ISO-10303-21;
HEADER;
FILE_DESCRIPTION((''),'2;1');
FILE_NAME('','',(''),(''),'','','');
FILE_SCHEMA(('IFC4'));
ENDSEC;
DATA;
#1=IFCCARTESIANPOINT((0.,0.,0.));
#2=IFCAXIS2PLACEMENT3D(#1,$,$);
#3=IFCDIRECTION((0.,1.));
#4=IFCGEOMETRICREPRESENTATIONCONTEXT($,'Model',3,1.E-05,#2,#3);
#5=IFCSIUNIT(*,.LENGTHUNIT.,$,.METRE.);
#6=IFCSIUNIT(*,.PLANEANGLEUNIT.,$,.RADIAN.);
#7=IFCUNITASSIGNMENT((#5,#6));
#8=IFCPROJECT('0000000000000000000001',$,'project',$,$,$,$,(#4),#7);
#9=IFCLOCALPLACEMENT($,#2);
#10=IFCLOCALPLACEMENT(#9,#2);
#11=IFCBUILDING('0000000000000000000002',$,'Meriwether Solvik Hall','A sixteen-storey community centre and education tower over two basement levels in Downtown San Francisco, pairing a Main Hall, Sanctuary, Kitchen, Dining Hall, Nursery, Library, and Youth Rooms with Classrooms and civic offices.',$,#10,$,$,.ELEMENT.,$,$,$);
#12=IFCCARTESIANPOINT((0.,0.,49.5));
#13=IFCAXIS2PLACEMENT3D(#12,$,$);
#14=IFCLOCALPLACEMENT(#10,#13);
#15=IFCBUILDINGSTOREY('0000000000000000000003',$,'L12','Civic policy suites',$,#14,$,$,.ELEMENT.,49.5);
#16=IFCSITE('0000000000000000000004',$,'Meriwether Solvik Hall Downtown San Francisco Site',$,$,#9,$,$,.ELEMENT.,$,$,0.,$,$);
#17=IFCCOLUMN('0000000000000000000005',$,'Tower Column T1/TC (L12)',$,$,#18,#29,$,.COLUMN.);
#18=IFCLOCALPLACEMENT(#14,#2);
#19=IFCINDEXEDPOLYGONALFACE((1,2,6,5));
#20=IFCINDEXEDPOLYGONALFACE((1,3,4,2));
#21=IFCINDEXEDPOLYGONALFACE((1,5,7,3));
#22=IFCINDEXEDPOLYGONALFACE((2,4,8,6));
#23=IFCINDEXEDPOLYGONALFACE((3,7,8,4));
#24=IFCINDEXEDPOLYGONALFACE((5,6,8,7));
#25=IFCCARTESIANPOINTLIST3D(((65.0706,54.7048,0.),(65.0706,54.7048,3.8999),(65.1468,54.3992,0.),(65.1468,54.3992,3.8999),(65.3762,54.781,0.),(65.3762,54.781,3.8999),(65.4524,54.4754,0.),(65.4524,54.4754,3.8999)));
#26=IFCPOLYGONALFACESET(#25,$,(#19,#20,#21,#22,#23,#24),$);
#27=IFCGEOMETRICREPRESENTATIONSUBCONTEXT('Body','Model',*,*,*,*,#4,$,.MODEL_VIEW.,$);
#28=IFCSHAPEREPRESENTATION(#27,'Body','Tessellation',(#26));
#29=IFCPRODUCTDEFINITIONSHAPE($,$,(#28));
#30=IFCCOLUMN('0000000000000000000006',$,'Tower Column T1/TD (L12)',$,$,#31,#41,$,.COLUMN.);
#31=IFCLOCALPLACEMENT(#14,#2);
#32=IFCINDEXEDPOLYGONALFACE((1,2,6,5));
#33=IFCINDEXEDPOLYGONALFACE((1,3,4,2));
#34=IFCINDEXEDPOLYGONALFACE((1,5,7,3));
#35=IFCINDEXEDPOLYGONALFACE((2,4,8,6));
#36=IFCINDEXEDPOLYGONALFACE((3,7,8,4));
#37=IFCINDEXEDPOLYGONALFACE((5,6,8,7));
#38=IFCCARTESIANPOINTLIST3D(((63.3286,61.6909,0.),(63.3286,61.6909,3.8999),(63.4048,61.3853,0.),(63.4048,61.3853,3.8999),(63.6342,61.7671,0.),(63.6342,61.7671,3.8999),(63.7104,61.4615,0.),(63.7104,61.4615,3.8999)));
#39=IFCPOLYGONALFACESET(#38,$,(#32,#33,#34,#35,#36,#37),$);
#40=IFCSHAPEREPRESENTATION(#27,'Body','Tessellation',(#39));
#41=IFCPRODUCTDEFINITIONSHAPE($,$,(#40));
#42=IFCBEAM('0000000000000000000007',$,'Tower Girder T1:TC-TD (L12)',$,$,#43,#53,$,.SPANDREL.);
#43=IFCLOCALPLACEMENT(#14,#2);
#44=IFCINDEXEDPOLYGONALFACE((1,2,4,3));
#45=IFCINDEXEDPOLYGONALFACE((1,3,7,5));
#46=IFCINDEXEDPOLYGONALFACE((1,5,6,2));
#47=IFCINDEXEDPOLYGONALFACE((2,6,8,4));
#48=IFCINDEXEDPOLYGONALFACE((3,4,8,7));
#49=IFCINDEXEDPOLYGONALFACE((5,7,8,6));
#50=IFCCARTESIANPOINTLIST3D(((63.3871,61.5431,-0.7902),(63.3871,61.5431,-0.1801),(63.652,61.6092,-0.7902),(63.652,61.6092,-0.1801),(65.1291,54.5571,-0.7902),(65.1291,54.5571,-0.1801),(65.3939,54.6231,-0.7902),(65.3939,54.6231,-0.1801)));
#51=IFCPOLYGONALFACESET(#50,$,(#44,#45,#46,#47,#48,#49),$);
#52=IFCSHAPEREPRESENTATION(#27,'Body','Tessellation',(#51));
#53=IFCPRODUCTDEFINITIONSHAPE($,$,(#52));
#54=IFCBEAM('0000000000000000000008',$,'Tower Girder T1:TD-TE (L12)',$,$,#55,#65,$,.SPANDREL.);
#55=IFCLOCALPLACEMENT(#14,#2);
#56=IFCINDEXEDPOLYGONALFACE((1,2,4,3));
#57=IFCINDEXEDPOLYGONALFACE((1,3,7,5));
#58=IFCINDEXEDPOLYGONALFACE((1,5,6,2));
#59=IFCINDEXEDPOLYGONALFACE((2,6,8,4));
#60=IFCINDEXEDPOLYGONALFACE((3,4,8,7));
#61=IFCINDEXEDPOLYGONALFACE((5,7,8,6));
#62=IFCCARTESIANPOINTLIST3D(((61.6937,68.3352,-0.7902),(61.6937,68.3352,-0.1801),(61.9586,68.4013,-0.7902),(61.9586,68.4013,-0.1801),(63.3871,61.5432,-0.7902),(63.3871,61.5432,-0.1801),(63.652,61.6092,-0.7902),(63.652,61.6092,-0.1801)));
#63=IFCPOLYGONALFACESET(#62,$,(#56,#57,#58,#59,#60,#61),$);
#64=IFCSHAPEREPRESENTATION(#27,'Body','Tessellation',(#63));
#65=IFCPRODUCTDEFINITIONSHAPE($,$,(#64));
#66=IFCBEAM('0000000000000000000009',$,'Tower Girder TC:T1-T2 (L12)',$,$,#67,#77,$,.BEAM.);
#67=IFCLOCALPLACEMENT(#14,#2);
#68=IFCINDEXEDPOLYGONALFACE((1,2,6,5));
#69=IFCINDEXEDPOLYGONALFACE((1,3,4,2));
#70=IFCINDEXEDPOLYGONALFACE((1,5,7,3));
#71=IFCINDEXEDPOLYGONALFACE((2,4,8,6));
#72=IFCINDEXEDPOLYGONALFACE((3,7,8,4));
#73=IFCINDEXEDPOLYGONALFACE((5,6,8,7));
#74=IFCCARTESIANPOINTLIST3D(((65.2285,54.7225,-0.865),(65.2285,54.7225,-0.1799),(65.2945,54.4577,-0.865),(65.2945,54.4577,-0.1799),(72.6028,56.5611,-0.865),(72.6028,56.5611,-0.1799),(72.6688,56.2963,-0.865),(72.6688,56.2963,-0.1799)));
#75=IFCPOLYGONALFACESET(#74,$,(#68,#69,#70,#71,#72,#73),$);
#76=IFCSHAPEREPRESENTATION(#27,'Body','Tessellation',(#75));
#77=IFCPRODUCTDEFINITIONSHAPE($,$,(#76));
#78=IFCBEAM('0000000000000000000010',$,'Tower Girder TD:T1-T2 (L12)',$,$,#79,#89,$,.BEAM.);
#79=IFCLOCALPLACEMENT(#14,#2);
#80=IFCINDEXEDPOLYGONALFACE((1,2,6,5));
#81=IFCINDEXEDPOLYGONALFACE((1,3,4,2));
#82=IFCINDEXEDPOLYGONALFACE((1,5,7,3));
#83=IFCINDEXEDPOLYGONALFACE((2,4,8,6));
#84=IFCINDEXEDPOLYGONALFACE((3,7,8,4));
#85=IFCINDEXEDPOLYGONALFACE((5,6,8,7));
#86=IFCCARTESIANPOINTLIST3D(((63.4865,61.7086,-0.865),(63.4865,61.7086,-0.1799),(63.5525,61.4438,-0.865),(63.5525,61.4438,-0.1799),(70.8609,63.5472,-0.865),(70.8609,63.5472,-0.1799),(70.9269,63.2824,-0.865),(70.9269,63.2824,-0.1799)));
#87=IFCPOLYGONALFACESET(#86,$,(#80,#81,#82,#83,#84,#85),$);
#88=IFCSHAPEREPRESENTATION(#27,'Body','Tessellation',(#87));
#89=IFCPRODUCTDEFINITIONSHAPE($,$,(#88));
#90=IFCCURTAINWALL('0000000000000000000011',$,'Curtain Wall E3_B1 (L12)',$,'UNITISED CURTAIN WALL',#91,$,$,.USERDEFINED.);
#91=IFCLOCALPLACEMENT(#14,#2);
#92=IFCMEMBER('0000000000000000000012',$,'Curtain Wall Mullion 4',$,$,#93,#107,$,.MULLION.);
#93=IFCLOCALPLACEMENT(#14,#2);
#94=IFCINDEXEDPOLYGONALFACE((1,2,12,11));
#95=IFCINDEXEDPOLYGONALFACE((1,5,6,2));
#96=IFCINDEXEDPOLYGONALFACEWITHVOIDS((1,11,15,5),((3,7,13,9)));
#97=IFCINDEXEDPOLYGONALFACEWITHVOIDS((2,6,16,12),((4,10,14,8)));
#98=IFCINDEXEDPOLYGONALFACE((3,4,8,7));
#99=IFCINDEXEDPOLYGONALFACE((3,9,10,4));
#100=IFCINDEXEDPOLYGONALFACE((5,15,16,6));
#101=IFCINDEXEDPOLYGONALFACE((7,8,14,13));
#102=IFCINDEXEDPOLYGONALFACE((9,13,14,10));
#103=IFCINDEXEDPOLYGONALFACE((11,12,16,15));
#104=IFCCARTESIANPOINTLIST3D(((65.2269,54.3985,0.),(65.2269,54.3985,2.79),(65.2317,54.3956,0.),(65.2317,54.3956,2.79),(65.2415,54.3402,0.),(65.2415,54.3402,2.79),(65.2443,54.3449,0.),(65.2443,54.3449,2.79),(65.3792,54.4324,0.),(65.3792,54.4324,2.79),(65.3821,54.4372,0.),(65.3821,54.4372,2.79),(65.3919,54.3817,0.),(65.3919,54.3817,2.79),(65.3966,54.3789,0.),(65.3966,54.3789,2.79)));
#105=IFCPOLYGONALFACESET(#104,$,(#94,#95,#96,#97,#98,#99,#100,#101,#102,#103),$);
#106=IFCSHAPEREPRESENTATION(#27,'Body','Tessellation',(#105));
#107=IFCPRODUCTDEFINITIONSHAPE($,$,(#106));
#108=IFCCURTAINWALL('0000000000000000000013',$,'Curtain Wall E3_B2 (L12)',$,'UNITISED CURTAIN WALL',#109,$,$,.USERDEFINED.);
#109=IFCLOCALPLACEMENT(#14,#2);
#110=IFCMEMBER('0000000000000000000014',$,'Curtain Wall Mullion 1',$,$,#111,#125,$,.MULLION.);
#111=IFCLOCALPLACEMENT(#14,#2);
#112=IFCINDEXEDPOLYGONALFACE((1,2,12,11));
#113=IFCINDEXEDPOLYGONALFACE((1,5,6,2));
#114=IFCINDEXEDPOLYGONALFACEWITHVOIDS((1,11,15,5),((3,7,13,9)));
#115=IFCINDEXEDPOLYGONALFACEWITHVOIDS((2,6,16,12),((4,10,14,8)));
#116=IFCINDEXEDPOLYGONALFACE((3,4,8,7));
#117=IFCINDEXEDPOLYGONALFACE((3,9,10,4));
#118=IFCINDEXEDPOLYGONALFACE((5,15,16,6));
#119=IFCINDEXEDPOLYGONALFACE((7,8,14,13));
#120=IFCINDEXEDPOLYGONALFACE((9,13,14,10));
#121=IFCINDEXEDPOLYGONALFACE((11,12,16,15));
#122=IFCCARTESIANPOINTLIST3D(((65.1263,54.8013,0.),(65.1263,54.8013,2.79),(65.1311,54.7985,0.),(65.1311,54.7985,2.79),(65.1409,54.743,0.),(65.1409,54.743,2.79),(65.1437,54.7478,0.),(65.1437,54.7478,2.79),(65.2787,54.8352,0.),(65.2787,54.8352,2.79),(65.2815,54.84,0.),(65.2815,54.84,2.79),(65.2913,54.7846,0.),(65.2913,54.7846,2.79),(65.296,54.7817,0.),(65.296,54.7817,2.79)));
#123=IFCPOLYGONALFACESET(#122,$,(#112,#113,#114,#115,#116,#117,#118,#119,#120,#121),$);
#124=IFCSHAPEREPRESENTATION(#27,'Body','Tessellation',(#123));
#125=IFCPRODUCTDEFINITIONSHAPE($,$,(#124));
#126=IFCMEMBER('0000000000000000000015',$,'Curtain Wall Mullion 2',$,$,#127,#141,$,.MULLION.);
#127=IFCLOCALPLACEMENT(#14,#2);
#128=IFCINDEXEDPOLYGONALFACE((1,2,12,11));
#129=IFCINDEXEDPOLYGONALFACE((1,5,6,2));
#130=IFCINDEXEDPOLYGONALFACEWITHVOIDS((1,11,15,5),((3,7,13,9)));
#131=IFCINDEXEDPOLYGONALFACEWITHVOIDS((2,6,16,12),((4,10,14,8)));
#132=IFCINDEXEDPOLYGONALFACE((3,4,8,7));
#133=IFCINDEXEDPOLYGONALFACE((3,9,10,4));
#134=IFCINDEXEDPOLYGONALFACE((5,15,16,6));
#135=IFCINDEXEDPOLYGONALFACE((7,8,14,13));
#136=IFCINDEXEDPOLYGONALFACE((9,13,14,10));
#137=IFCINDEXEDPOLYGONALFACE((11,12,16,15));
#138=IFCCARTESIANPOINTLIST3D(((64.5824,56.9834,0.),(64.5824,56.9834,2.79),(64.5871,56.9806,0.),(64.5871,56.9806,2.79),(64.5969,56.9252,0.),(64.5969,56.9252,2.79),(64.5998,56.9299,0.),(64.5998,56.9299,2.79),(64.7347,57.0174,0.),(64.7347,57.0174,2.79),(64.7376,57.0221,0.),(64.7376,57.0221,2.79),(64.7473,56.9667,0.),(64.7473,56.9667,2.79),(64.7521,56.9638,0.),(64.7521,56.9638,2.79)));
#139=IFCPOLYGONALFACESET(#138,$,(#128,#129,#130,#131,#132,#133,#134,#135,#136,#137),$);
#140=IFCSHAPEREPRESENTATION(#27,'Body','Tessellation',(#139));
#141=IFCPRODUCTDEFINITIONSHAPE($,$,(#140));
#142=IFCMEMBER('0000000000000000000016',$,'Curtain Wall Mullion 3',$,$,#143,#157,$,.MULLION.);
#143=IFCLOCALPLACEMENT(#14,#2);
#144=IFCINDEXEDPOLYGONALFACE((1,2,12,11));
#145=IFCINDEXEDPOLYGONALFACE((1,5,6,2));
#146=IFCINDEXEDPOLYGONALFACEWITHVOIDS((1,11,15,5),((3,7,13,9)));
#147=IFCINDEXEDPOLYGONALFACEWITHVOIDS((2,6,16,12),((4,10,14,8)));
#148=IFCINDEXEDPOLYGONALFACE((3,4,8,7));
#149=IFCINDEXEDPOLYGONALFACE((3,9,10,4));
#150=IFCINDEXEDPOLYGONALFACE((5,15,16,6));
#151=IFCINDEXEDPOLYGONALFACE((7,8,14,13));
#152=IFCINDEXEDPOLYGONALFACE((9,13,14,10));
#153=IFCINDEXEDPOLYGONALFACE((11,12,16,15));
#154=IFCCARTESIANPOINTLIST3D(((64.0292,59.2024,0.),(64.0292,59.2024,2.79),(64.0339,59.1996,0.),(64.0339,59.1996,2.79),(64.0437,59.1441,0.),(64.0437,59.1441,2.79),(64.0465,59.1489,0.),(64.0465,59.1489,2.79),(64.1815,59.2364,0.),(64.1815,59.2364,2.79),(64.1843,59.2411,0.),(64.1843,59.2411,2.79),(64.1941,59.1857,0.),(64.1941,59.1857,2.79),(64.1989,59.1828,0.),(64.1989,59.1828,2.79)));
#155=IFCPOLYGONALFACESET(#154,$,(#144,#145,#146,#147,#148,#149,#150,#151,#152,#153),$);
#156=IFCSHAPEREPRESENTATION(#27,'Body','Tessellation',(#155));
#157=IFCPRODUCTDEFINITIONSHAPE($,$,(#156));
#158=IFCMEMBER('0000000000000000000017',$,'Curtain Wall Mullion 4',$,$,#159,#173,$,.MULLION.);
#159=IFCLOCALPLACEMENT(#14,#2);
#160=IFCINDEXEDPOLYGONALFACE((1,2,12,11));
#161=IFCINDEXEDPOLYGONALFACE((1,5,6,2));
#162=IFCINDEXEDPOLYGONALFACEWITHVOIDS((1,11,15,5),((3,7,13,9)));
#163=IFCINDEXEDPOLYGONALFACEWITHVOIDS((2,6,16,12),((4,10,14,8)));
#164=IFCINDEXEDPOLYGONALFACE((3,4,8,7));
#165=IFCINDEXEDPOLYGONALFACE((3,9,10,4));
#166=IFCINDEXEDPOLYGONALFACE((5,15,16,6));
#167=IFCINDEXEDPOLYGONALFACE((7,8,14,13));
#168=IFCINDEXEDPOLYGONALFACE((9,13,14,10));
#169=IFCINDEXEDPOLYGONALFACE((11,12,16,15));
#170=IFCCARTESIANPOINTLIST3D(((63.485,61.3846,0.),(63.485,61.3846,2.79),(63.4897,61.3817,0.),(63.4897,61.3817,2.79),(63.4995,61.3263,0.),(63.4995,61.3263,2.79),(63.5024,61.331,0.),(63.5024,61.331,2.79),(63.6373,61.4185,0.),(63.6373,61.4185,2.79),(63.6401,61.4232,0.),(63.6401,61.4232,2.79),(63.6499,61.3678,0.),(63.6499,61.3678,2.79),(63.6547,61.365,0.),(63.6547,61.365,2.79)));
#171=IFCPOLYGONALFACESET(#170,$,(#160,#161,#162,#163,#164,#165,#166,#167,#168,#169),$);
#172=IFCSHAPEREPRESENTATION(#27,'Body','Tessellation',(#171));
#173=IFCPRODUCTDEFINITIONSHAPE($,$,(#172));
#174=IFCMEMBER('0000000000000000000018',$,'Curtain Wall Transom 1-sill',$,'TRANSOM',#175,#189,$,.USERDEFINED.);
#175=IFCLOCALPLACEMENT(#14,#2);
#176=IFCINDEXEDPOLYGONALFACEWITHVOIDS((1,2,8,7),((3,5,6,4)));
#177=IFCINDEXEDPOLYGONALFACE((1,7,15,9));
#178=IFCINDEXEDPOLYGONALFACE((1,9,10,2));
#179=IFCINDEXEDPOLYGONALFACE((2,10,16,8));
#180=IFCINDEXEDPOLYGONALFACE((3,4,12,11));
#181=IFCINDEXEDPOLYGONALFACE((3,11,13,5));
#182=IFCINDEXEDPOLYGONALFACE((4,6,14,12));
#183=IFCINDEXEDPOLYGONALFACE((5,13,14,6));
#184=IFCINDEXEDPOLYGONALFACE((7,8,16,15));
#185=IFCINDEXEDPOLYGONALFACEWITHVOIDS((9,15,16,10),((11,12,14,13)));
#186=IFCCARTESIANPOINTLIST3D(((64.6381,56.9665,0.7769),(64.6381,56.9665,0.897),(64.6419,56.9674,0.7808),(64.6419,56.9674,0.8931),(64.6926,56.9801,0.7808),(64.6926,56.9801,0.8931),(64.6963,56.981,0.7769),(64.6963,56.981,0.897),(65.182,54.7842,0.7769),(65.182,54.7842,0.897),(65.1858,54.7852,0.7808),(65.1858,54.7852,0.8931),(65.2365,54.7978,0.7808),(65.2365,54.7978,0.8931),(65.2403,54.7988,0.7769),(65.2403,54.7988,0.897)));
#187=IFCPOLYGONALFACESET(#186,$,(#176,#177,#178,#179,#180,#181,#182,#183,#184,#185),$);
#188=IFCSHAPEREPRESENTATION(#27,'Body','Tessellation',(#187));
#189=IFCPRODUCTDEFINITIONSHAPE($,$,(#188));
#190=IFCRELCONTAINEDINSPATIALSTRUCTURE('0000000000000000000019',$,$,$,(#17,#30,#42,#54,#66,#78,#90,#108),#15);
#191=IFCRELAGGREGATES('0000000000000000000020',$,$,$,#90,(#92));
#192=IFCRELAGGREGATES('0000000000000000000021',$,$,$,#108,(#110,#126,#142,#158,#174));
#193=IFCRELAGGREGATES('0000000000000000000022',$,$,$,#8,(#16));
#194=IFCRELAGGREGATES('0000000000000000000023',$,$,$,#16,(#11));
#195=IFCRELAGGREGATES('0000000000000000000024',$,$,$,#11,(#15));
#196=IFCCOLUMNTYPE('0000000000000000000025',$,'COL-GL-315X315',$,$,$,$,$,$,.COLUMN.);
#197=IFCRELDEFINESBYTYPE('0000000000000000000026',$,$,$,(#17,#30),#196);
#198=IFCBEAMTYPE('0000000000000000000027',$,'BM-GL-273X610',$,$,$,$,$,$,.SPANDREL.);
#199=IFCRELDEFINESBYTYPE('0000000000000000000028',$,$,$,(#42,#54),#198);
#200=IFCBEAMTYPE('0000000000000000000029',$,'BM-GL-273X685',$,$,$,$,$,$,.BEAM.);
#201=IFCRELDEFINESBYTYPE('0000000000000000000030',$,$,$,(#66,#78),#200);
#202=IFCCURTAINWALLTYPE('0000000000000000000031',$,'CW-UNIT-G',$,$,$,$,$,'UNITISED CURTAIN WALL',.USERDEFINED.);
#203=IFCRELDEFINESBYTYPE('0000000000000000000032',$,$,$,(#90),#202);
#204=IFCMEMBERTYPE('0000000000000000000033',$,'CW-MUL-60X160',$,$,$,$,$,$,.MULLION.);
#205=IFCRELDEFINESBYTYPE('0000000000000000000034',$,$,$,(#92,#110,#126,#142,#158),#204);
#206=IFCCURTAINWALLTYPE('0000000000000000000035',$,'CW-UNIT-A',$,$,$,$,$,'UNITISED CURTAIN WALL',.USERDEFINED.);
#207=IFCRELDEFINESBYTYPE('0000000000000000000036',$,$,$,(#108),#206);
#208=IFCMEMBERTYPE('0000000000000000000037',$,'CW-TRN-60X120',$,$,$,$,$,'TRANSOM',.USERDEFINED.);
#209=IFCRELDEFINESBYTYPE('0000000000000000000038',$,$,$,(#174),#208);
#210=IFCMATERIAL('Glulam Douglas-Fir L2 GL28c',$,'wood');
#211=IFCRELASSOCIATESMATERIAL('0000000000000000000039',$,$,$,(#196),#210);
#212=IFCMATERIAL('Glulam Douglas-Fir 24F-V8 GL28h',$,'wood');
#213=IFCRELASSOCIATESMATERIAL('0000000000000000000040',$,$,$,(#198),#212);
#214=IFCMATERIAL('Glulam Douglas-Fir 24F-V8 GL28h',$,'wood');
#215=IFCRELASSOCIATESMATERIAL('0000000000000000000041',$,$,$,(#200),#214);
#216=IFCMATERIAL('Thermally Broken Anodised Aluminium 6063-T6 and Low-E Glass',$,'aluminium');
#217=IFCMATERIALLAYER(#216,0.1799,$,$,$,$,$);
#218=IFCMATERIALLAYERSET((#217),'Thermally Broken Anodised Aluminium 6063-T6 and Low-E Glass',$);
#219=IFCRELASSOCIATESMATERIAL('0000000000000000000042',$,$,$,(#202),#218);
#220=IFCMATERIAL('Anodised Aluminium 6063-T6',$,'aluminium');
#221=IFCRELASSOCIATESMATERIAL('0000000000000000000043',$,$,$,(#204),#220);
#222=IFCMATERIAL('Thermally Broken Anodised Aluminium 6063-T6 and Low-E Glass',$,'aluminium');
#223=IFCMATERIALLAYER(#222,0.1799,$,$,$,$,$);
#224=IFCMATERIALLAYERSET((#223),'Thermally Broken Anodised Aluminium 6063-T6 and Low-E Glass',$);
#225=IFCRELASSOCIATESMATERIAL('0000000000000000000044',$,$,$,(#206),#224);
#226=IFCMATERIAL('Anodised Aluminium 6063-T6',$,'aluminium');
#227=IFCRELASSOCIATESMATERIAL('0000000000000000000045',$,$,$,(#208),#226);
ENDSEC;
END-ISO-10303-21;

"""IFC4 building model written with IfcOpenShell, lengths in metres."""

from ifc_helpers import new_model, si_unit, direction, frame, origin, origin_2d, place, context, subcontext, project, spatial, rectangle, hollow_rectangle, extrude, material, layer, layer_set, material_profile, profile_set, type_object, element, aggregate, save


model = new_model("IFC4")

# Units and contexts
model_context = context("Model", 3, precision=1e-05, world=origin(), true_north=direction((0.0, 1.0)))
body_context = subcontext(model_context, "Body", "Model", "MODEL_VIEW")
ifc_project = project(units=[si_unit("LENGTHUNIT", "METRE"), si_unit("PLANEANGLEUNIT", "RADIAN")], contexts=[model_context])

# Site, building, storey
site_placement = place(None, origin())
site = spatial("IfcSite", under=ifc_project, at=site_placement, Name="Meriwether Solvik Hall Downtown San Francisco Site", CompositionType="ELEMENT", RefElevation=0.0)
building_placement = place(site_placement, origin())
building = spatial("IfcBuilding", under=site, at=building_placement, Name="Meriwether Solvik Hall", Description="A sixteen-storey community centre and education tower over two basement levels in Downtown San Francisco, pairing a Main Hall, Sanctuary, Kitchen, Dining Hall, Nursery, Library, and Youth Rooms with Classrooms and civic offices.", CompositionType="ELEMENT")
storey_placement = place(building_placement, frame((0.0, 0.0, 49.5)))
storey = spatial("IfcBuildingStorey", under=building, at=storey_placement, Name="L12", Description="Civic policy suites", CompositionType="ELEMENT", Elevation=49.5)

# Columns
ifc_material_1 = material(Name="Glulam Douglas-Fir L2 GL28c", Category="wood")
ifc_material_profile_1 = material_profile(ifc_material_1, rectangle(XDim=0.3149, YDim=0.3149, at=origin_2d()), Name="GLC-315X315")
ifc_profile_set_1 = profile_set([ifc_material_profile_1], Name="Glulam Douglas-Fir L2 GL28c")
column_type = type_object("IfcColumnType", Name="COL-GL-315X315", PredefinedType="COLUMN", material=ifc_profile_set_1)
for number, where, z_axis, x_axis, name in (
    (1, (65.2615, 54.5901, 0.0), (0.0, 0.0, 1.0), (0.970296, 0.241922, 0.0), "Tower Column T1/TC (L12)"),
    (2, (63.5195, 61.5762, 0.0), (0.0, 0.0, 1.0), (0.970296, 0.241922, 0.0), "Tower Column T1/TD (L12)"),
):
    element("IfcColumn", number, at=place(storey_placement, frame(where, z_axis=z_axis, x_axis=x_axis)), inside=storey, type_object=column_type, Name=name, PredefinedType="COLUMN", context=body_context, shape_type="SweptSolid", body=[
        extrude(rectangle(XDim=0.3149, YDim=0.3149, at=origin_2d()), origin(), (0.0, 0.0, 1.0), 3.8999),
    ])

# Beams
ifc_material_2 = material(Name="Glulam Douglas-Fir 24F-V8 GL28h", Category="wood")
ifc_material_profile_2 = material_profile(ifc_material_2, rectangle(XDim=0.2729, YDim=0.6101, at=origin_2d()), Name="GLB-273X610")
ifc_profile_set_2 = profile_set([ifc_material_profile_2], Name="Glulam Douglas-Fir 24F-V8 GL28h")
beam_type_1 = type_object("IfcBeamType", Name="BM-GL-273X610", PredefinedType="SPANDREL", material=ifc_profile_set_2)
beam_1_placement = place(storey_placement, frame((65.2615, 54.5901, -0.4851), z_axis=(-0.241937, 0.970292, 0.0), x_axis=(-0.970292, -0.241937, 0.0)))
element("IfcBeam", 3, at=beam_1_placement, inside=storey, type_object=beam_type_1, Name="Tower Girder T1:TC-TD (L12)", PredefinedType="SPANDREL", context=body_context, shape_type="SweptSolid", body=[
    extrude(rectangle(XDim=0.2729, YDim=0.6101, at=origin_2d()), origin(), (0.0, 0.0, 1.0), 7.2),
])
beam_2_placement = place(storey_placement, frame((63.5195, 61.5762, -0.4851), z_axis=(-0.241912, 0.970298, 0.0), x_axis=(-0.970298, -0.241912, 0.0)))
element("IfcBeam", 4, at=beam_2_placement, inside=storey, type_object=beam_type_1, Name="Tower Girder T1:TD-TE (L12)", PredefinedType="SPANDREL", context=body_context, shape_type="SweptSolid", body=[
    extrude(rectangle(XDim=0.2729, YDim=0.6101, at=origin_2d()), origin(), (0.0, 0.0, 1.0), 7.0),
])
ifc_material_3 = material(Name="Glulam Douglas-Fir 24F-V8 GL28h", Category="wood")
ifc_material_profile_3 = material_profile(ifc_material_3, rectangle(XDim=0.2729, YDim=0.6851, at=origin_2d()), Name="GLB-273X685")
ifc_profile_set_3 = profile_set([ifc_material_profile_3], Name="Glulam Douglas-Fir 24F-V8 GL28h")
beam_type_2 = type_object("IfcBeamType", Name="BM-GL-273X685", PredefinedType="BEAM", material=ifc_profile_set_3)
for number, where, z_axis, x_axis, name in (
    (5, (65.2615, 54.5901, -0.5225), (0.970295, 0.241923, 0.0), (-0.241923, 0.970295, 0.0), "Tower Girder TC:T1-T2 (L12)"),
    (6, (63.5195, 61.5762, -0.5225), (0.970295, 0.241923, 0.0), (-0.241923, 0.970295, 0.0), "Tower Girder TD:T1-T2 (L12)"),
):
    element("IfcBeam", number, at=place(storey_placement, frame(where, z_axis=z_axis, x_axis=x_axis)), inside=storey, type_object=beam_type_2, Name=name, PredefinedType="BEAM", context=body_context, shape_type="SweptSolid", body=[
        extrude(rectangle(XDim=0.2729, YDim=0.6851, at=origin_2d()), origin(), (0.0, 0.0, 1.0), 7.6001),
    ])

# Curtain wall, member
ifc_material_4 = material(Name="Thermally Broken Anodised Aluminium 6063-T6 and Low-E Glass", Category="aluminium")
ifc_layer_1 = layer(ifc_material_4, 0.1799)
ifc_layer_set_1 = layer_set([ifc_layer_1], Name="Thermally Broken Anodised Aluminium 6063-T6 and Low-E Glass")
curtain_wall_type_1 = type_object("IfcCurtainWallType", Name="CW-UNIT-G", ElementType="UNITISED CURTAIN WALL", PredefinedType="USERDEFINED", material=ifc_layer_set_1)
curtain_wall_1_placement = place(storey_placement, origin())
curtain_wall_1 = element("IfcCurtainWall", 7, at=curtain_wall_1_placement, inside=storey, type_object=curtain_wall_type_1, Name="Curtain Wall E3_B1 (L12)", ObjectType="UNITISED CURTAIN WALL", PredefinedType="USERDEFINED")
ifc_material_5 = material(Name="Anodised Aluminium 6063-T6", Category="aluminium")
ifc_material_profile_4 = material_profile(ifc_material_5, hollow_rectangle(XDim=0.0601, YDim=0.1599, WallThickness=0.0039, at=origin_2d()), Name="CWM-60X160")
ifc_profile_set_4 = profile_set([ifc_material_profile_4], Name="Anodised Aluminium 6063-T6")
member_type_1 = type_object("IfcMemberType", Name="CW-MUL-60X160", PredefinedType="MULLION", material=ifc_profile_set_4)
member_1_placement = place(storey_placement, frame((65.3118, 54.3887, 0.0), z_axis=(0.0, 0.0, 1.0), x_axis=(-0.241922, 0.970296, 0.0)))
member_1 = element("IfcMember", 8, at=member_1_placement, type_object=member_type_1, Name="Curtain Wall Mullion 4", PredefinedType="MULLION", context=body_context, shape_type="SweptSolid", body=[
    extrude(hollow_rectangle(XDim=0.0601, YDim=0.1599, WallThickness=0.0039, at=origin_2d()), origin(), (0.0, 0.0, 1.0), 2.79),
])
aggregate(curtain_wall_1, [member_1])

# Curtain wall, members
ifc_material_6 = material(Name="Thermally Broken Anodised Aluminium 6063-T6 and Low-E Glass", Category="aluminium")
ifc_layer_2 = layer(ifc_material_6, 0.1799)
ifc_layer_set_2 = layer_set([ifc_layer_2], Name="Thermally Broken Anodised Aluminium 6063-T6 and Low-E Glass")
curtain_wall_type_2 = type_object("IfcCurtainWallType", Name="CW-UNIT-A", ElementType="UNITISED CURTAIN WALL", PredefinedType="USERDEFINED", material=ifc_layer_set_2)
curtain_wall_2_placement = place(storey_placement, origin())
curtain_wall_2 = element("IfcCurtainWall", 9, at=curtain_wall_2_placement, inside=storey, type_object=curtain_wall_type_2, Name="Curtain Wall E3_B2 (L12)", ObjectType="UNITISED CURTAIN WALL", PredefinedType="USERDEFINED")
member_2_placement = place(storey_placement, frame((65.2112, 54.7915, 0.0), z_axis=(0.0, 0.0, 1.0), x_axis=(-0.241922, 0.970296, 0.0)))
member_2 = element("IfcMember", 10, at=member_2_placement, type_object=member_type_1, Name="Curtain Wall Mullion 1", PredefinedType="MULLION", context=body_context, shape_type="SweptSolid", body=[
    extrude(hollow_rectangle(XDim=0.0601, YDim=0.1599, WallThickness=0.0039, at=origin_2d()), origin(), (0.0, 0.0, 1.0), 2.79),
])
member_3_placement = place(storey_placement, frame((64.6672, 56.9736, 0.0), z_axis=(0.0, 0.0, 1.0), x_axis=(-0.241922, 0.970296, 0.0)))
member_3 = element("IfcMember", 11, at=member_3_placement, type_object=member_type_1, Name="Curtain Wall Mullion 2", PredefinedType="MULLION", context=body_context, shape_type="SweptSolid", body=[
    extrude(hollow_rectangle(XDim=0.0601, YDim=0.1599, WallThickness=0.0039, at=origin_2d()), origin(), (0.0, 0.0, 1.0), 2.79),
])
member_4_placement = place(storey_placement, frame((64.114, 59.1926, 0.0), z_axis=(0.0, 0.0, 1.0), x_axis=(-0.241922, 0.970296, 0.0)))
member_4 = element("IfcMember", 12, at=member_4_placement, type_object=member_type_1, Name="Curtain Wall Mullion 3", PredefinedType="MULLION", context=body_context, shape_type="SweptSolid", body=[
    extrude(hollow_rectangle(XDim=0.0601, YDim=0.1599, WallThickness=0.0039, at=origin_2d()), origin(), (0.0, 0.0, 1.0), 2.79),
])
member_5_placement = place(storey_placement, frame((63.5698, 61.3748, 0.0), z_axis=(0.0, 0.0, 1.0), x_axis=(-0.241922, 0.970296, 0.0)))
member_5 = element("IfcMember", 13, at=member_5_placement, type_object=member_type_1, Name="Curtain Wall Mullion 4", PredefinedType="MULLION", context=body_context, shape_type="SweptSolid", body=[
    extrude(hollow_rectangle(XDim=0.0601, YDim=0.1599, WallThickness=0.0039, at=origin_2d()), origin(), (0.0, 0.0, 1.0), 2.79),
])
ifc_material_7 = material(Name="Anodised Aluminium 6063-T6", Category="aluminium")
ifc_material_profile_5 = material_profile(ifc_material_7, hollow_rectangle(XDim=0.0601, YDim=0.1201, WallThickness=0.0039, at=origin_2d()), Name="CWT-60X120")
ifc_profile_set_5 = profile_set([ifc_material_profile_5], Name="Anodised Aluminium 6063-T6")
member_type_2 = type_object("IfcMemberType", Name="CW-TRN-60X120", ElementType="TRANSOM", PredefinedType="USERDEFINED", material=ifc_profile_set_5)
member_6_placement = place(storey_placement, frame((65.2112, 54.7915, 0.8369), z_axis=(-0.241871, 0.970308, 0.0), x_axis=(-0.970308, -0.241871, 0.0)))
member_6 = element("IfcMember", 14, at=member_6_placement, type_object=member_type_2, Name="Curtain Wall Transom 1-sill", ObjectType="TRANSOM", PredefinedType="USERDEFINED", context=body_context, shape_type="SweptSolid", body=[
    extrude(hollow_rectangle(XDim=0.0601, YDim=0.1201, WallThickness=0.0039, at=origin_2d()), origin(), (0.0, 0.0, 1.0), 2.249),
])
aggregate(curtain_wall_2, [member_2, member_3, member_4, member_5, member_6])

save(model, "model.ifc")
